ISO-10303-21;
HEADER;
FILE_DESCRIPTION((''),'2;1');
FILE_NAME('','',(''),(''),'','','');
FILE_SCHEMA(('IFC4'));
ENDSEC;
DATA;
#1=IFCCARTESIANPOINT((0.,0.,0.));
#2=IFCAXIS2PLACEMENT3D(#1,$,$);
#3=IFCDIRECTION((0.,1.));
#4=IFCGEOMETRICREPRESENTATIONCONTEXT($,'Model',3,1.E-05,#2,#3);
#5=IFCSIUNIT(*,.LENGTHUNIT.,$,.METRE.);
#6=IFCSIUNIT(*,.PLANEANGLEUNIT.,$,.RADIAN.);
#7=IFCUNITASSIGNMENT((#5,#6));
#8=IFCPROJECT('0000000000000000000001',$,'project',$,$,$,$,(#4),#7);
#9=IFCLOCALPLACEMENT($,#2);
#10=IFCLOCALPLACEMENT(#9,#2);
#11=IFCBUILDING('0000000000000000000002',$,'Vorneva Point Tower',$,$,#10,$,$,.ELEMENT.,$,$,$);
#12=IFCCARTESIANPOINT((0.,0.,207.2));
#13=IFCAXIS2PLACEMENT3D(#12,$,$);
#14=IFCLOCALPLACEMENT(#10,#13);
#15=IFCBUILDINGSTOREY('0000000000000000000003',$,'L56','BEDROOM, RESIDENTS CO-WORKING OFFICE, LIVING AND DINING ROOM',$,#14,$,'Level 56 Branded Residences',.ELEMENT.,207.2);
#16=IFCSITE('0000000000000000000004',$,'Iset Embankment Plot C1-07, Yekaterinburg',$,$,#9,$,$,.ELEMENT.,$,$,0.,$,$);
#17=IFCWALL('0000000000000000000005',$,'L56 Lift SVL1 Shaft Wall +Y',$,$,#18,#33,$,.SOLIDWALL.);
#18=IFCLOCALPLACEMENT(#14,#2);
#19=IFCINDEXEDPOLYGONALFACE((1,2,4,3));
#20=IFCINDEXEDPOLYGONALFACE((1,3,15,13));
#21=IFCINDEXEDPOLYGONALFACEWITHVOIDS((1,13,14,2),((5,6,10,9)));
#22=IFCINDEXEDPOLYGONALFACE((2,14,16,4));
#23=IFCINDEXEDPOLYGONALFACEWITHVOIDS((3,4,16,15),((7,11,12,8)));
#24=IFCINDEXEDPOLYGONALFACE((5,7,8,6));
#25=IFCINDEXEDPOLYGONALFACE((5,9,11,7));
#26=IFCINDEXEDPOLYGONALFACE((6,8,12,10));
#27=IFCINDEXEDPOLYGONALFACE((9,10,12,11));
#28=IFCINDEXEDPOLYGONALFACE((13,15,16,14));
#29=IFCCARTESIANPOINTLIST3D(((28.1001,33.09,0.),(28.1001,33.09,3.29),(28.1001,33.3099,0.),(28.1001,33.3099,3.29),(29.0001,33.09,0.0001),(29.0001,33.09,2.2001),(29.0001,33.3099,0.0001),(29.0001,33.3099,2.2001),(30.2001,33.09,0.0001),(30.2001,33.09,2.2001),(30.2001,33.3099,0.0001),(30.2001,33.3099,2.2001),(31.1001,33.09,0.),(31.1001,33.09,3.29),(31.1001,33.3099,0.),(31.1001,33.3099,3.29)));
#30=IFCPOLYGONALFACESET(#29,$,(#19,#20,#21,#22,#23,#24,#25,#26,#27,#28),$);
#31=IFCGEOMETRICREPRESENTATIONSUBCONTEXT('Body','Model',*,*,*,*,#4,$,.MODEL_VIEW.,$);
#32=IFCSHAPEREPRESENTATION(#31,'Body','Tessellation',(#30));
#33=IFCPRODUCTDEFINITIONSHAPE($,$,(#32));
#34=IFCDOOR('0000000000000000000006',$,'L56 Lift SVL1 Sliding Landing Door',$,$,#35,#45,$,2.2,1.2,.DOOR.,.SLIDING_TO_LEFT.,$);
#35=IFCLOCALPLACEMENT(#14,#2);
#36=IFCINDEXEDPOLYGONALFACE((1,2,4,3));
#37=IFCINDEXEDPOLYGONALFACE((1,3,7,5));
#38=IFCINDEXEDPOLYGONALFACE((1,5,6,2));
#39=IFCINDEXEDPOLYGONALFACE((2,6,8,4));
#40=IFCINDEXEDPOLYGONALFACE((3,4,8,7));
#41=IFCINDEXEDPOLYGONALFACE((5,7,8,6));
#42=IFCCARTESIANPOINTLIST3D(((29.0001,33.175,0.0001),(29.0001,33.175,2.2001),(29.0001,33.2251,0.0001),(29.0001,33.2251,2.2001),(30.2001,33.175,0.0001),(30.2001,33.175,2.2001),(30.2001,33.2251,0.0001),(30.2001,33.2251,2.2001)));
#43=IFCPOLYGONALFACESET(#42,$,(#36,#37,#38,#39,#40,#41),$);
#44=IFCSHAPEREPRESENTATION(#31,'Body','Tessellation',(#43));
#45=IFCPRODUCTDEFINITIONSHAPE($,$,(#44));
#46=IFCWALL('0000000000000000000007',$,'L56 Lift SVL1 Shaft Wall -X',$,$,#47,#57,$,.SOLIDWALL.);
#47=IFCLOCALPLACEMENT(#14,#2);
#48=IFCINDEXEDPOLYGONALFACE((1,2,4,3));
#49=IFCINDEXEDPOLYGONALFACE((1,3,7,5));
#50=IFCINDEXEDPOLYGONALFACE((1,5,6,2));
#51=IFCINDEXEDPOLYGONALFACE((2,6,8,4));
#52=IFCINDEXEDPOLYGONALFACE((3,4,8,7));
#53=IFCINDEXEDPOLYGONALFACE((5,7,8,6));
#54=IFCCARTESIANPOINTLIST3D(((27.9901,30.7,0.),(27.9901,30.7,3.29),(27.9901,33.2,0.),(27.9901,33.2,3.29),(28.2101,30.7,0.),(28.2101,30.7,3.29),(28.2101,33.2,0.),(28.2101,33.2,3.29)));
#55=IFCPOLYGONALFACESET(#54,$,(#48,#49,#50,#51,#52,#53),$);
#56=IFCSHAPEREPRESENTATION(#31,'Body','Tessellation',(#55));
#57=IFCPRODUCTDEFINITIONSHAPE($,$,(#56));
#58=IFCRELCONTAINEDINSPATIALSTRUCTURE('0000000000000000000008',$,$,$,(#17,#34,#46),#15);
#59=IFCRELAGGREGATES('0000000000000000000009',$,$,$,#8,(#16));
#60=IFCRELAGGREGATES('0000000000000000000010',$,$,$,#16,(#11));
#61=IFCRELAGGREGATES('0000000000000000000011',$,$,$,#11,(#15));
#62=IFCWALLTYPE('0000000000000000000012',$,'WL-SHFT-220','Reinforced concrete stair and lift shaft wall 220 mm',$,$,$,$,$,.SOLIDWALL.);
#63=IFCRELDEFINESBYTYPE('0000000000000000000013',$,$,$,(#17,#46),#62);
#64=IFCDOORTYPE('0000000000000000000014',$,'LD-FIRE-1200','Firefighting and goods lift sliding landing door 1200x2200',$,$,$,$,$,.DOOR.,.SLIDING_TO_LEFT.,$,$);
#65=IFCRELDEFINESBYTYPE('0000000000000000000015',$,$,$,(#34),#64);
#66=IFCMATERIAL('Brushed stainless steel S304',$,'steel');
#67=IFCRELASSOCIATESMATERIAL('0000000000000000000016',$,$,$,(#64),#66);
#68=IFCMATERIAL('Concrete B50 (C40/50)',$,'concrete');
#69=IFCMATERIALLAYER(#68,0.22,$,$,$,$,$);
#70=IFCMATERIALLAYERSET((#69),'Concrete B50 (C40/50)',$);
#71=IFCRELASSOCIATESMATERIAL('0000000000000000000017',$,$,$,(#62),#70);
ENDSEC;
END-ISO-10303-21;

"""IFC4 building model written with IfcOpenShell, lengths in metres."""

from ifc_helpers import new_model, si_unit, direction, frame, frame_2d, origin, place, context, subcontext, project, spatial, rectangle, extrude, material, layer, layer_set, type_object, element, fill, save


model = new_model("IFC4")

# Units and contexts
model_context = context("Model", 3, precision=1e-05, world=origin(), true_north=direction((0.0, 1.0)))
body_context = subcontext(model_context, "Body", "Model", "MODEL_VIEW")
ifc_project = project(units=[si_unit("LENGTHUNIT", "METRE"), si_unit("PLANEANGLEUNIT", "RADIAN")], contexts=[model_context])

# Site, building, storey
site_placement = place(None, origin())
site = spatial("IfcSite", under=ifc_project, at=site_placement, Name="Iset Embankment Plot C1-07, Yekaterinburg", CompositionType="ELEMENT", RefElevation=0.0)
building_placement = place(site_placement, origin())
building = spatial("IfcBuilding", under=site, at=building_placement, Name="Vorneva Point Tower", CompositionType="ELEMENT")
storey_placement = place(building_placement, frame((0.0, 0.0, 207.2)))
storey = spatial("IfcBuildingStorey", under=building, at=storey_placement, Name="L56", Description="BEDROOM, RESIDENTS CO-WORKING OFFICE, LIVING AND DINING ROOM", LongName="Level 56 Branded Residences", CompositionType="ELEMENT", Elevation=207.2)

# Shared definitions
ifc_material_1 = material(Name="Concrete B50 (C40/50)", Category="concrete")

# Shared definitions
ifc_material_2 = material(Name="Brushed stainless steel S304", Category="steel")
door_type_1 = type_object("IfcDoorType", Name="LD-FIRE-1200", Description="Firefighting and goods lift sliding landing door 1200x2200", OperationType="SLIDING_TO_LEFT", PredefinedType="DOOR", material=ifc_material_2)

# Shared definitions
ifc_layer_1 = layer(ifc_material_1, 0.22)
ifc_layer_set_1 = layer_set([ifc_layer_1], Name="Concrete B50 (C40/50)")
wall_type_1 = type_object("IfcWallType", Name="WL-SHFT-220", Description="Reinforced concrete stair and lift shaft wall 220 mm", PredefinedType="SOLIDWALL", material=ifc_layer_set_1)

# Wall, opening, door
wall_1_placement = place(storey_placement, frame((31.1001, 33.2, 0.0), z_axis=(0.0, 0.0, 1.0), x_axis=(-1.0, 0.0, 0.0)))
wall_1 = element("IfcWall", 1, at=wall_1_placement, inside=storey, type_object=wall_type_1, Name="L56 Lift SVL1 Shaft Wall +Y", PredefinedType="SOLIDWALL", context=body_context, shape_type="SweptSolid", body=[
    extrude(rectangle(XDim=3.0, YDim=0.22, at=frame_2d((1.5, 0.0))), origin(), (0.0, 0.0, 1.0), 3.29),
])
opening_1_placement = place(wall_1_placement, frame((0.8999, 0.0, 0.0)))
opening_1 = element("IfcOpeningElement", 2, at=opening_1_placement, cuts=wall_1, PredefinedType="OPENING", context=body_context, shape_type="SweptSolid", body=[
    extrude(rectangle(XDim=1.2, YDim=2.2, at=frame_2d((0.6001, 1.1001))), frame((0.0, 0.125, 0.0), z_axis=(0.0, -1.0, 0.0), x_axis=(1.0, 0.0, 0.0)), (0.0, 0.0, 1.0), 0.2498),
])
door_1_placement = place(opening_1_placement, origin())
door_1 = element("IfcDoor", 3, at=door_1_placement, inside=storey, type_object=door_type_1, Name="L56 Lift SVL1 Sliding Landing Door", OperationType="SLIDING_TO_LEFT", OverallHeight=2.2, OverallWidth=1.2, PredefinedType="DOOR", context=body_context, shape_type="SweptSolid", body=[
    extrude(rectangle(XDim=1.2, YDim=2.2, at=frame_2d((0.6001, 1.1001))), frame((0.0, 0.0249, 0.0), z_axis=(0.0, -1.0, 0.0), x_axis=(1.0, 0.0, 0.0)), (0.0, 0.0, 1.0), 0.05),
])
fill(opening_1, door_1)

# Wall
wall_2_placement = place(storey_placement, frame((28.1001, 33.2, 0.0), z_axis=(0.0, 0.0, 1.0), x_axis=(0.0, -1.0, 0.0)))
element("IfcWall", 4, at=wall_2_placement, inside=storey, type_object=wall_type_1, Name="L56 Lift SVL1 Shaft Wall -X", PredefinedType="SOLIDWALL", context=body_context, shape_type="SweptSolid", body=[
    extrude(rectangle(XDim=2.5, YDim=0.22, at=frame_2d((1.25, 0.0))), origin(), (0.0, 0.0, 1.0), 3.29),
])

save(model, "model.ifc")
